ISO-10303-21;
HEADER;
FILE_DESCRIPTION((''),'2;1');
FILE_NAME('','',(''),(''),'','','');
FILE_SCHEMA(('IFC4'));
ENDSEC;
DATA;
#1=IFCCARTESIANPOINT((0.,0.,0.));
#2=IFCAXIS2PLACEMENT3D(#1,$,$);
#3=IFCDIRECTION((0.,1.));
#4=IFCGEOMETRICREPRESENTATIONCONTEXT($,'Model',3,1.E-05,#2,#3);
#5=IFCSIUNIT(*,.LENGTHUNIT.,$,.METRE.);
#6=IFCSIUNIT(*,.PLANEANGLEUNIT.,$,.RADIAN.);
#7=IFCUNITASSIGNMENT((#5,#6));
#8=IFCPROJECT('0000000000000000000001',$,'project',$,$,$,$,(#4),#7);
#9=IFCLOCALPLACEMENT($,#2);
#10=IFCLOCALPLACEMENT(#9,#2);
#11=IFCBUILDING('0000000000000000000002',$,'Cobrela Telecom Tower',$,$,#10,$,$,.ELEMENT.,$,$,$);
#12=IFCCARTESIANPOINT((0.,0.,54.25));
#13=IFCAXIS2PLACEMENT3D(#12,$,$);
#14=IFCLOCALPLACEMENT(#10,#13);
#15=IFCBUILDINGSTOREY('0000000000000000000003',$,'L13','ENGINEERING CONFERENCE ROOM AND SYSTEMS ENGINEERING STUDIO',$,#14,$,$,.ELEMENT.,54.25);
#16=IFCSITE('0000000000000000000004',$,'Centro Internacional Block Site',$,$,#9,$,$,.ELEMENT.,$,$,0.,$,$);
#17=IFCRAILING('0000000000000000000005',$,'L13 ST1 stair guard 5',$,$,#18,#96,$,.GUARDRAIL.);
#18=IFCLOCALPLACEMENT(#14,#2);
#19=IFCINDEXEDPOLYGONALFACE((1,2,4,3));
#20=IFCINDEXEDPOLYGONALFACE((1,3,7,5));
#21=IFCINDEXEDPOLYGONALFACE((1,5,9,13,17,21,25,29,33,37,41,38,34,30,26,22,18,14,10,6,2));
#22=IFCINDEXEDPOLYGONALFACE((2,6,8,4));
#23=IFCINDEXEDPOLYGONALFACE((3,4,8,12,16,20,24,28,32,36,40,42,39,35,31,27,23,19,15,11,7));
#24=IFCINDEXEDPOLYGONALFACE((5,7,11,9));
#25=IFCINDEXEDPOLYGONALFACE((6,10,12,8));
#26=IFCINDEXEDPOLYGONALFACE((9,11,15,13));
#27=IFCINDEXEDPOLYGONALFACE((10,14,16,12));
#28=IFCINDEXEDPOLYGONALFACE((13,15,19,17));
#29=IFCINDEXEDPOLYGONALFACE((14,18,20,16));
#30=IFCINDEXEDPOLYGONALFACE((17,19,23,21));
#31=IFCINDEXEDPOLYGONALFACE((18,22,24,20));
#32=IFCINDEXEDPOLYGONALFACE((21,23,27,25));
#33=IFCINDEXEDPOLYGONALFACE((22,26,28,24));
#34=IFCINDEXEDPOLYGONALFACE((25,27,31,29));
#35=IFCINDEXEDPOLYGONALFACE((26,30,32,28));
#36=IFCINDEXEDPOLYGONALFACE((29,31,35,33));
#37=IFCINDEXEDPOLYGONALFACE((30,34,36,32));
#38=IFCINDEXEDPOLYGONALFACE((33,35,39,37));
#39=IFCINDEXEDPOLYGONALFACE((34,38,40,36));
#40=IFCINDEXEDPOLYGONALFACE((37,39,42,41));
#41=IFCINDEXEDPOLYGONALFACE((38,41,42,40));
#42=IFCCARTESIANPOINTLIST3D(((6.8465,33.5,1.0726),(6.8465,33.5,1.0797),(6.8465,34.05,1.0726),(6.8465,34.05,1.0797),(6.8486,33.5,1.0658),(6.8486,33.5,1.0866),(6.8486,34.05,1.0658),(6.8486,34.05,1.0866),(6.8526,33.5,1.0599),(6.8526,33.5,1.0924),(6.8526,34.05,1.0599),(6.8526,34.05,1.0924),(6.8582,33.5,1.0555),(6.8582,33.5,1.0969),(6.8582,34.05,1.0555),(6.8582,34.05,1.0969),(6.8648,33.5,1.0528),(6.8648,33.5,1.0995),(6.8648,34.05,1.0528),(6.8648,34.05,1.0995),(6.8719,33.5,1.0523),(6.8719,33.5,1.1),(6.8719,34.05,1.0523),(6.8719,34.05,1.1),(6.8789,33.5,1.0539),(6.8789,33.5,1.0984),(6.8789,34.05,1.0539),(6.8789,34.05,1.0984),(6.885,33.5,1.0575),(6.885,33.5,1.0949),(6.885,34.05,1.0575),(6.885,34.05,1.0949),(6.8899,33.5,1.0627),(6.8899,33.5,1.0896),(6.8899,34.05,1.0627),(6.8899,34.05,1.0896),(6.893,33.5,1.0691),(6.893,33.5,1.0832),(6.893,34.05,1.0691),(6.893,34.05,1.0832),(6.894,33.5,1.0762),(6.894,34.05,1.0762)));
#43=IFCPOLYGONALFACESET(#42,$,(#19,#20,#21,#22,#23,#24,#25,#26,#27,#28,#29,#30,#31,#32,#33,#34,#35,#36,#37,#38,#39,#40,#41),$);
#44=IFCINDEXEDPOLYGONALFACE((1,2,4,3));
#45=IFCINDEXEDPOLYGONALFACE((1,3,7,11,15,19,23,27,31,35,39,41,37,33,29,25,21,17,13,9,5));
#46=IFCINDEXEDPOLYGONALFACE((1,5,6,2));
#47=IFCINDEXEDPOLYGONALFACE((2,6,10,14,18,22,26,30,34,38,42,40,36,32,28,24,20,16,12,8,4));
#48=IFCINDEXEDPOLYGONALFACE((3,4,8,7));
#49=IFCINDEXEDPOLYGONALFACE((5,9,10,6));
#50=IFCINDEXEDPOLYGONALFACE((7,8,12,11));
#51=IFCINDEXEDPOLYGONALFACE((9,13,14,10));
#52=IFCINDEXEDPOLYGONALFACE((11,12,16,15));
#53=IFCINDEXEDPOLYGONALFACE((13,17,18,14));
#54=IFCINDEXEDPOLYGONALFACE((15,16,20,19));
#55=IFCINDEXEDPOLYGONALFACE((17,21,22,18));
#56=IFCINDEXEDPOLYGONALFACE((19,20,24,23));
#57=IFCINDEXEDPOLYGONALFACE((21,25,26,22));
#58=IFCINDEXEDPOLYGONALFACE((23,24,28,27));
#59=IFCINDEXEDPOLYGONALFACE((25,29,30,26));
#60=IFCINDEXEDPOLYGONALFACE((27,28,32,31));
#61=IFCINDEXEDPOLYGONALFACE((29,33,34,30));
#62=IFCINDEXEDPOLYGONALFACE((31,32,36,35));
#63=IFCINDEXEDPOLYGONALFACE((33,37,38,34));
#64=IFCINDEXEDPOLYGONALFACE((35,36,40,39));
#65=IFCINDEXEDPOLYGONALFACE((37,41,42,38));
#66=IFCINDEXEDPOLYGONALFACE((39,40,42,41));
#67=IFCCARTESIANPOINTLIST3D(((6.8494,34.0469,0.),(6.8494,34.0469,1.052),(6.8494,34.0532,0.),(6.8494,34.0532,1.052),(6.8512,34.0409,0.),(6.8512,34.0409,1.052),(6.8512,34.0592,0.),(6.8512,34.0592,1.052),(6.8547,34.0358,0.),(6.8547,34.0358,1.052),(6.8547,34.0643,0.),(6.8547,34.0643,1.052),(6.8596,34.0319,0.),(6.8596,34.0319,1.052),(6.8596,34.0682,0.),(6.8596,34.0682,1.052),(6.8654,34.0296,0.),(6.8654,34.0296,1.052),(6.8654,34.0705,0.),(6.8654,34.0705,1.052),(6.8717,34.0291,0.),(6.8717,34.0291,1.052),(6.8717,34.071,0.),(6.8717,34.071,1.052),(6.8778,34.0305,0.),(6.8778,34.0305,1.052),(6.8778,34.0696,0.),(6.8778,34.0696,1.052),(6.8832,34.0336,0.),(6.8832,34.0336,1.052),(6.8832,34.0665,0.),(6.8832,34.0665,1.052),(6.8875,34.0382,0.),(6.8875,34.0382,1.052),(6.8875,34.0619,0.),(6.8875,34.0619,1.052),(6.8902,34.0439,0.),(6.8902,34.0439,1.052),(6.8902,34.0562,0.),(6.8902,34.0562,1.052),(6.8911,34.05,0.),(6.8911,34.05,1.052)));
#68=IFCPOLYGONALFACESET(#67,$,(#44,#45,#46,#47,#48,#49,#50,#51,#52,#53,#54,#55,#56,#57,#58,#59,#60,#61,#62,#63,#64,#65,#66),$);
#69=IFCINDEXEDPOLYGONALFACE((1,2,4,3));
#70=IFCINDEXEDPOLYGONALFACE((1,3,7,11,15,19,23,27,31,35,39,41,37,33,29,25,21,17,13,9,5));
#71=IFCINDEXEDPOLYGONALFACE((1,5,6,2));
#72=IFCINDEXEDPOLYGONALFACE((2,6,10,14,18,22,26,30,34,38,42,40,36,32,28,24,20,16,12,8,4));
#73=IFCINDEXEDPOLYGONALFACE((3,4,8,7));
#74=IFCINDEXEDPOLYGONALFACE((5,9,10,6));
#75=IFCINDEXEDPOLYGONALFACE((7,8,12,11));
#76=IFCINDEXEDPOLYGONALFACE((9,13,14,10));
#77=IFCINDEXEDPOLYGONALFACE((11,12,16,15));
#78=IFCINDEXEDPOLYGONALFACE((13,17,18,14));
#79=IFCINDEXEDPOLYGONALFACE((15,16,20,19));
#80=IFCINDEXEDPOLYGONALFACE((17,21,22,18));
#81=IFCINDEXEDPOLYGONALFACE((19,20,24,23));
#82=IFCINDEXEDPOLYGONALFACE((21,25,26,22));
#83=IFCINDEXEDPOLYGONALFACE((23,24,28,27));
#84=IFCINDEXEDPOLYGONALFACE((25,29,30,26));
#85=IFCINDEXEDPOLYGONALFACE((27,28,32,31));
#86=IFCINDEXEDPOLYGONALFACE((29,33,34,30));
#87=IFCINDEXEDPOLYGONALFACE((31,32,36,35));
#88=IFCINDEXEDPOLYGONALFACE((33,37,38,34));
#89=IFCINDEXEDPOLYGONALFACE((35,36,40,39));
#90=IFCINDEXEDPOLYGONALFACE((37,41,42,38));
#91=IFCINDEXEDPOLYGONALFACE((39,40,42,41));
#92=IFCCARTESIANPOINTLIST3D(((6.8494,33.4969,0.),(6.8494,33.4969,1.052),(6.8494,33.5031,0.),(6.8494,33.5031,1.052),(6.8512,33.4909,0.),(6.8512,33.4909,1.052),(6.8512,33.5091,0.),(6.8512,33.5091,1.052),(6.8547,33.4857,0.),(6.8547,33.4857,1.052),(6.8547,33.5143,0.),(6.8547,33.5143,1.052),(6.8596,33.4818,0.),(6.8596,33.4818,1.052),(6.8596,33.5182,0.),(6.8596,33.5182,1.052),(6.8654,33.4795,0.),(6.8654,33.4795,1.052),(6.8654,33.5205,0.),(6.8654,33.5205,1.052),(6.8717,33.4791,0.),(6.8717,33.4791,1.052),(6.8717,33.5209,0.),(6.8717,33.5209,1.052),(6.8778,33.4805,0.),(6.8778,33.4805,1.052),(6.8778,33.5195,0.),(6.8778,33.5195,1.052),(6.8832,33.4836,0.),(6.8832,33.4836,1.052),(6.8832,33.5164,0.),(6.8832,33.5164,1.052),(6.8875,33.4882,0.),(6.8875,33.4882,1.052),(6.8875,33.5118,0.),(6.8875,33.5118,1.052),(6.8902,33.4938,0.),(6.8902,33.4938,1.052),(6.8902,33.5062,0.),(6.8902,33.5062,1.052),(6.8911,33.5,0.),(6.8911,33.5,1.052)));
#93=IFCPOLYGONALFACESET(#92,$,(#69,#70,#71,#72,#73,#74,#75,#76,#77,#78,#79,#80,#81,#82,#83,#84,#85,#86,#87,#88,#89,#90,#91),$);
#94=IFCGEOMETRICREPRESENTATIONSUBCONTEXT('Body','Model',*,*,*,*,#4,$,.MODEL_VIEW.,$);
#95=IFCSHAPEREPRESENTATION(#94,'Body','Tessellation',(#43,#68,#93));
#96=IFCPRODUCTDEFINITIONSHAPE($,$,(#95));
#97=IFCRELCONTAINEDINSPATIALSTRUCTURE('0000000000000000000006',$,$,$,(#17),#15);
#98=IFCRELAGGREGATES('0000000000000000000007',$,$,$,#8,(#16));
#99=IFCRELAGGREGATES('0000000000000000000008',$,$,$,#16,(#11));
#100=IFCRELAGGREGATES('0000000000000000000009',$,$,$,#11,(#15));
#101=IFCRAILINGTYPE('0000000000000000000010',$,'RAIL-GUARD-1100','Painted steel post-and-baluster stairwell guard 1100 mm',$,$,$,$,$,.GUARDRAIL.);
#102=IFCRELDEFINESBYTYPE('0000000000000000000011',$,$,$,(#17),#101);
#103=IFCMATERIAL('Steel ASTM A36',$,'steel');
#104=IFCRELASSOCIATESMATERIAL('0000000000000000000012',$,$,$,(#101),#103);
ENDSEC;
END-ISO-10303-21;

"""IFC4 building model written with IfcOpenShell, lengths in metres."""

from ifc_helpers import new_model, si_unit, direction, frame, origin, origin_2d, place, context, subcontext, project, spatial, circle, extrude, material, type_object, element, save


model = new_model("IFC4")

# Units and contexts
model_context = context("Model", 3, precision=1e-05, world=origin(), true_north=direction((0.0, 1.0)))
body_context = subcontext(model_context, "Body", "Model", "MODEL_VIEW")
ifc_project = project(units=[si_unit("LENGTHUNIT", "METRE"), si_unit("PLANEANGLEUNIT", "RADIAN")], contexts=[model_context])

# Site, building, storey
site_placement = place(None, origin())
site = spatial("IfcSite", under=ifc_project, at=site_placement, Name="Centro Internacional Block Site", CompositionType="ELEMENT", RefElevation=0.0)
building_placement = place(site_placement, origin())
building = spatial("IfcBuilding", under=site, at=building_placement, Name="Cobrela Telecom Tower", CompositionType="ELEMENT")
storey_placement = place(building_placement, frame((0.0, 0.0, 54.25)))
storey = spatial("IfcBuildingStorey", under=building, at=storey_placement, Name="L13", Description="ENGINEERING CONFERENCE ROOM AND SYSTEMS ENGINEERING STUDIO", CompositionType="ELEMENT", Elevation=54.25)

# Shared definitions
ifc_material_1 = material(Name="Steel ASTM A36", Category="steel")

# Railing
railing_type_1 = type_object("IfcRailingType", Name="RAIL-GUARD-1100", Description="Painted steel post-and-baluster stairwell guard 1100 mm", PredefinedType="GUARDRAIL", material=ifc_material_1)
railing_1_placement = place(storey_placement, frame((6.8701, 34.05, 0.0)))
element("IfcRailing", 1, at=railing_1_placement, inside=storey, type_object=railing_type_1, Name="L13 ST1 stair guard 5", PredefinedType="GUARDRAIL", context=body_context, shape_type="SweptSolid", body=[
    extrude(circle(Radius=0.0239, at=origin_2d()), frame((0.0, 0.0, 1.0762), z_axis=(0.0, -1.0, 0.0), x_axis=(1.0, 0.0, 0.0)), (0.0, 0.0, 1.0), 0.55),
    extrude(circle(Radius=0.021, at=origin_2d()), origin(), (0.0, 0.0, 1.0), 1.052),
    extrude(circle(Radius=0.021, at=origin_2d()), frame((0.0, -0.55, 0.0)), (0.0, 0.0, 1.0), 1.052),
])

save(model, "model.ifc")
